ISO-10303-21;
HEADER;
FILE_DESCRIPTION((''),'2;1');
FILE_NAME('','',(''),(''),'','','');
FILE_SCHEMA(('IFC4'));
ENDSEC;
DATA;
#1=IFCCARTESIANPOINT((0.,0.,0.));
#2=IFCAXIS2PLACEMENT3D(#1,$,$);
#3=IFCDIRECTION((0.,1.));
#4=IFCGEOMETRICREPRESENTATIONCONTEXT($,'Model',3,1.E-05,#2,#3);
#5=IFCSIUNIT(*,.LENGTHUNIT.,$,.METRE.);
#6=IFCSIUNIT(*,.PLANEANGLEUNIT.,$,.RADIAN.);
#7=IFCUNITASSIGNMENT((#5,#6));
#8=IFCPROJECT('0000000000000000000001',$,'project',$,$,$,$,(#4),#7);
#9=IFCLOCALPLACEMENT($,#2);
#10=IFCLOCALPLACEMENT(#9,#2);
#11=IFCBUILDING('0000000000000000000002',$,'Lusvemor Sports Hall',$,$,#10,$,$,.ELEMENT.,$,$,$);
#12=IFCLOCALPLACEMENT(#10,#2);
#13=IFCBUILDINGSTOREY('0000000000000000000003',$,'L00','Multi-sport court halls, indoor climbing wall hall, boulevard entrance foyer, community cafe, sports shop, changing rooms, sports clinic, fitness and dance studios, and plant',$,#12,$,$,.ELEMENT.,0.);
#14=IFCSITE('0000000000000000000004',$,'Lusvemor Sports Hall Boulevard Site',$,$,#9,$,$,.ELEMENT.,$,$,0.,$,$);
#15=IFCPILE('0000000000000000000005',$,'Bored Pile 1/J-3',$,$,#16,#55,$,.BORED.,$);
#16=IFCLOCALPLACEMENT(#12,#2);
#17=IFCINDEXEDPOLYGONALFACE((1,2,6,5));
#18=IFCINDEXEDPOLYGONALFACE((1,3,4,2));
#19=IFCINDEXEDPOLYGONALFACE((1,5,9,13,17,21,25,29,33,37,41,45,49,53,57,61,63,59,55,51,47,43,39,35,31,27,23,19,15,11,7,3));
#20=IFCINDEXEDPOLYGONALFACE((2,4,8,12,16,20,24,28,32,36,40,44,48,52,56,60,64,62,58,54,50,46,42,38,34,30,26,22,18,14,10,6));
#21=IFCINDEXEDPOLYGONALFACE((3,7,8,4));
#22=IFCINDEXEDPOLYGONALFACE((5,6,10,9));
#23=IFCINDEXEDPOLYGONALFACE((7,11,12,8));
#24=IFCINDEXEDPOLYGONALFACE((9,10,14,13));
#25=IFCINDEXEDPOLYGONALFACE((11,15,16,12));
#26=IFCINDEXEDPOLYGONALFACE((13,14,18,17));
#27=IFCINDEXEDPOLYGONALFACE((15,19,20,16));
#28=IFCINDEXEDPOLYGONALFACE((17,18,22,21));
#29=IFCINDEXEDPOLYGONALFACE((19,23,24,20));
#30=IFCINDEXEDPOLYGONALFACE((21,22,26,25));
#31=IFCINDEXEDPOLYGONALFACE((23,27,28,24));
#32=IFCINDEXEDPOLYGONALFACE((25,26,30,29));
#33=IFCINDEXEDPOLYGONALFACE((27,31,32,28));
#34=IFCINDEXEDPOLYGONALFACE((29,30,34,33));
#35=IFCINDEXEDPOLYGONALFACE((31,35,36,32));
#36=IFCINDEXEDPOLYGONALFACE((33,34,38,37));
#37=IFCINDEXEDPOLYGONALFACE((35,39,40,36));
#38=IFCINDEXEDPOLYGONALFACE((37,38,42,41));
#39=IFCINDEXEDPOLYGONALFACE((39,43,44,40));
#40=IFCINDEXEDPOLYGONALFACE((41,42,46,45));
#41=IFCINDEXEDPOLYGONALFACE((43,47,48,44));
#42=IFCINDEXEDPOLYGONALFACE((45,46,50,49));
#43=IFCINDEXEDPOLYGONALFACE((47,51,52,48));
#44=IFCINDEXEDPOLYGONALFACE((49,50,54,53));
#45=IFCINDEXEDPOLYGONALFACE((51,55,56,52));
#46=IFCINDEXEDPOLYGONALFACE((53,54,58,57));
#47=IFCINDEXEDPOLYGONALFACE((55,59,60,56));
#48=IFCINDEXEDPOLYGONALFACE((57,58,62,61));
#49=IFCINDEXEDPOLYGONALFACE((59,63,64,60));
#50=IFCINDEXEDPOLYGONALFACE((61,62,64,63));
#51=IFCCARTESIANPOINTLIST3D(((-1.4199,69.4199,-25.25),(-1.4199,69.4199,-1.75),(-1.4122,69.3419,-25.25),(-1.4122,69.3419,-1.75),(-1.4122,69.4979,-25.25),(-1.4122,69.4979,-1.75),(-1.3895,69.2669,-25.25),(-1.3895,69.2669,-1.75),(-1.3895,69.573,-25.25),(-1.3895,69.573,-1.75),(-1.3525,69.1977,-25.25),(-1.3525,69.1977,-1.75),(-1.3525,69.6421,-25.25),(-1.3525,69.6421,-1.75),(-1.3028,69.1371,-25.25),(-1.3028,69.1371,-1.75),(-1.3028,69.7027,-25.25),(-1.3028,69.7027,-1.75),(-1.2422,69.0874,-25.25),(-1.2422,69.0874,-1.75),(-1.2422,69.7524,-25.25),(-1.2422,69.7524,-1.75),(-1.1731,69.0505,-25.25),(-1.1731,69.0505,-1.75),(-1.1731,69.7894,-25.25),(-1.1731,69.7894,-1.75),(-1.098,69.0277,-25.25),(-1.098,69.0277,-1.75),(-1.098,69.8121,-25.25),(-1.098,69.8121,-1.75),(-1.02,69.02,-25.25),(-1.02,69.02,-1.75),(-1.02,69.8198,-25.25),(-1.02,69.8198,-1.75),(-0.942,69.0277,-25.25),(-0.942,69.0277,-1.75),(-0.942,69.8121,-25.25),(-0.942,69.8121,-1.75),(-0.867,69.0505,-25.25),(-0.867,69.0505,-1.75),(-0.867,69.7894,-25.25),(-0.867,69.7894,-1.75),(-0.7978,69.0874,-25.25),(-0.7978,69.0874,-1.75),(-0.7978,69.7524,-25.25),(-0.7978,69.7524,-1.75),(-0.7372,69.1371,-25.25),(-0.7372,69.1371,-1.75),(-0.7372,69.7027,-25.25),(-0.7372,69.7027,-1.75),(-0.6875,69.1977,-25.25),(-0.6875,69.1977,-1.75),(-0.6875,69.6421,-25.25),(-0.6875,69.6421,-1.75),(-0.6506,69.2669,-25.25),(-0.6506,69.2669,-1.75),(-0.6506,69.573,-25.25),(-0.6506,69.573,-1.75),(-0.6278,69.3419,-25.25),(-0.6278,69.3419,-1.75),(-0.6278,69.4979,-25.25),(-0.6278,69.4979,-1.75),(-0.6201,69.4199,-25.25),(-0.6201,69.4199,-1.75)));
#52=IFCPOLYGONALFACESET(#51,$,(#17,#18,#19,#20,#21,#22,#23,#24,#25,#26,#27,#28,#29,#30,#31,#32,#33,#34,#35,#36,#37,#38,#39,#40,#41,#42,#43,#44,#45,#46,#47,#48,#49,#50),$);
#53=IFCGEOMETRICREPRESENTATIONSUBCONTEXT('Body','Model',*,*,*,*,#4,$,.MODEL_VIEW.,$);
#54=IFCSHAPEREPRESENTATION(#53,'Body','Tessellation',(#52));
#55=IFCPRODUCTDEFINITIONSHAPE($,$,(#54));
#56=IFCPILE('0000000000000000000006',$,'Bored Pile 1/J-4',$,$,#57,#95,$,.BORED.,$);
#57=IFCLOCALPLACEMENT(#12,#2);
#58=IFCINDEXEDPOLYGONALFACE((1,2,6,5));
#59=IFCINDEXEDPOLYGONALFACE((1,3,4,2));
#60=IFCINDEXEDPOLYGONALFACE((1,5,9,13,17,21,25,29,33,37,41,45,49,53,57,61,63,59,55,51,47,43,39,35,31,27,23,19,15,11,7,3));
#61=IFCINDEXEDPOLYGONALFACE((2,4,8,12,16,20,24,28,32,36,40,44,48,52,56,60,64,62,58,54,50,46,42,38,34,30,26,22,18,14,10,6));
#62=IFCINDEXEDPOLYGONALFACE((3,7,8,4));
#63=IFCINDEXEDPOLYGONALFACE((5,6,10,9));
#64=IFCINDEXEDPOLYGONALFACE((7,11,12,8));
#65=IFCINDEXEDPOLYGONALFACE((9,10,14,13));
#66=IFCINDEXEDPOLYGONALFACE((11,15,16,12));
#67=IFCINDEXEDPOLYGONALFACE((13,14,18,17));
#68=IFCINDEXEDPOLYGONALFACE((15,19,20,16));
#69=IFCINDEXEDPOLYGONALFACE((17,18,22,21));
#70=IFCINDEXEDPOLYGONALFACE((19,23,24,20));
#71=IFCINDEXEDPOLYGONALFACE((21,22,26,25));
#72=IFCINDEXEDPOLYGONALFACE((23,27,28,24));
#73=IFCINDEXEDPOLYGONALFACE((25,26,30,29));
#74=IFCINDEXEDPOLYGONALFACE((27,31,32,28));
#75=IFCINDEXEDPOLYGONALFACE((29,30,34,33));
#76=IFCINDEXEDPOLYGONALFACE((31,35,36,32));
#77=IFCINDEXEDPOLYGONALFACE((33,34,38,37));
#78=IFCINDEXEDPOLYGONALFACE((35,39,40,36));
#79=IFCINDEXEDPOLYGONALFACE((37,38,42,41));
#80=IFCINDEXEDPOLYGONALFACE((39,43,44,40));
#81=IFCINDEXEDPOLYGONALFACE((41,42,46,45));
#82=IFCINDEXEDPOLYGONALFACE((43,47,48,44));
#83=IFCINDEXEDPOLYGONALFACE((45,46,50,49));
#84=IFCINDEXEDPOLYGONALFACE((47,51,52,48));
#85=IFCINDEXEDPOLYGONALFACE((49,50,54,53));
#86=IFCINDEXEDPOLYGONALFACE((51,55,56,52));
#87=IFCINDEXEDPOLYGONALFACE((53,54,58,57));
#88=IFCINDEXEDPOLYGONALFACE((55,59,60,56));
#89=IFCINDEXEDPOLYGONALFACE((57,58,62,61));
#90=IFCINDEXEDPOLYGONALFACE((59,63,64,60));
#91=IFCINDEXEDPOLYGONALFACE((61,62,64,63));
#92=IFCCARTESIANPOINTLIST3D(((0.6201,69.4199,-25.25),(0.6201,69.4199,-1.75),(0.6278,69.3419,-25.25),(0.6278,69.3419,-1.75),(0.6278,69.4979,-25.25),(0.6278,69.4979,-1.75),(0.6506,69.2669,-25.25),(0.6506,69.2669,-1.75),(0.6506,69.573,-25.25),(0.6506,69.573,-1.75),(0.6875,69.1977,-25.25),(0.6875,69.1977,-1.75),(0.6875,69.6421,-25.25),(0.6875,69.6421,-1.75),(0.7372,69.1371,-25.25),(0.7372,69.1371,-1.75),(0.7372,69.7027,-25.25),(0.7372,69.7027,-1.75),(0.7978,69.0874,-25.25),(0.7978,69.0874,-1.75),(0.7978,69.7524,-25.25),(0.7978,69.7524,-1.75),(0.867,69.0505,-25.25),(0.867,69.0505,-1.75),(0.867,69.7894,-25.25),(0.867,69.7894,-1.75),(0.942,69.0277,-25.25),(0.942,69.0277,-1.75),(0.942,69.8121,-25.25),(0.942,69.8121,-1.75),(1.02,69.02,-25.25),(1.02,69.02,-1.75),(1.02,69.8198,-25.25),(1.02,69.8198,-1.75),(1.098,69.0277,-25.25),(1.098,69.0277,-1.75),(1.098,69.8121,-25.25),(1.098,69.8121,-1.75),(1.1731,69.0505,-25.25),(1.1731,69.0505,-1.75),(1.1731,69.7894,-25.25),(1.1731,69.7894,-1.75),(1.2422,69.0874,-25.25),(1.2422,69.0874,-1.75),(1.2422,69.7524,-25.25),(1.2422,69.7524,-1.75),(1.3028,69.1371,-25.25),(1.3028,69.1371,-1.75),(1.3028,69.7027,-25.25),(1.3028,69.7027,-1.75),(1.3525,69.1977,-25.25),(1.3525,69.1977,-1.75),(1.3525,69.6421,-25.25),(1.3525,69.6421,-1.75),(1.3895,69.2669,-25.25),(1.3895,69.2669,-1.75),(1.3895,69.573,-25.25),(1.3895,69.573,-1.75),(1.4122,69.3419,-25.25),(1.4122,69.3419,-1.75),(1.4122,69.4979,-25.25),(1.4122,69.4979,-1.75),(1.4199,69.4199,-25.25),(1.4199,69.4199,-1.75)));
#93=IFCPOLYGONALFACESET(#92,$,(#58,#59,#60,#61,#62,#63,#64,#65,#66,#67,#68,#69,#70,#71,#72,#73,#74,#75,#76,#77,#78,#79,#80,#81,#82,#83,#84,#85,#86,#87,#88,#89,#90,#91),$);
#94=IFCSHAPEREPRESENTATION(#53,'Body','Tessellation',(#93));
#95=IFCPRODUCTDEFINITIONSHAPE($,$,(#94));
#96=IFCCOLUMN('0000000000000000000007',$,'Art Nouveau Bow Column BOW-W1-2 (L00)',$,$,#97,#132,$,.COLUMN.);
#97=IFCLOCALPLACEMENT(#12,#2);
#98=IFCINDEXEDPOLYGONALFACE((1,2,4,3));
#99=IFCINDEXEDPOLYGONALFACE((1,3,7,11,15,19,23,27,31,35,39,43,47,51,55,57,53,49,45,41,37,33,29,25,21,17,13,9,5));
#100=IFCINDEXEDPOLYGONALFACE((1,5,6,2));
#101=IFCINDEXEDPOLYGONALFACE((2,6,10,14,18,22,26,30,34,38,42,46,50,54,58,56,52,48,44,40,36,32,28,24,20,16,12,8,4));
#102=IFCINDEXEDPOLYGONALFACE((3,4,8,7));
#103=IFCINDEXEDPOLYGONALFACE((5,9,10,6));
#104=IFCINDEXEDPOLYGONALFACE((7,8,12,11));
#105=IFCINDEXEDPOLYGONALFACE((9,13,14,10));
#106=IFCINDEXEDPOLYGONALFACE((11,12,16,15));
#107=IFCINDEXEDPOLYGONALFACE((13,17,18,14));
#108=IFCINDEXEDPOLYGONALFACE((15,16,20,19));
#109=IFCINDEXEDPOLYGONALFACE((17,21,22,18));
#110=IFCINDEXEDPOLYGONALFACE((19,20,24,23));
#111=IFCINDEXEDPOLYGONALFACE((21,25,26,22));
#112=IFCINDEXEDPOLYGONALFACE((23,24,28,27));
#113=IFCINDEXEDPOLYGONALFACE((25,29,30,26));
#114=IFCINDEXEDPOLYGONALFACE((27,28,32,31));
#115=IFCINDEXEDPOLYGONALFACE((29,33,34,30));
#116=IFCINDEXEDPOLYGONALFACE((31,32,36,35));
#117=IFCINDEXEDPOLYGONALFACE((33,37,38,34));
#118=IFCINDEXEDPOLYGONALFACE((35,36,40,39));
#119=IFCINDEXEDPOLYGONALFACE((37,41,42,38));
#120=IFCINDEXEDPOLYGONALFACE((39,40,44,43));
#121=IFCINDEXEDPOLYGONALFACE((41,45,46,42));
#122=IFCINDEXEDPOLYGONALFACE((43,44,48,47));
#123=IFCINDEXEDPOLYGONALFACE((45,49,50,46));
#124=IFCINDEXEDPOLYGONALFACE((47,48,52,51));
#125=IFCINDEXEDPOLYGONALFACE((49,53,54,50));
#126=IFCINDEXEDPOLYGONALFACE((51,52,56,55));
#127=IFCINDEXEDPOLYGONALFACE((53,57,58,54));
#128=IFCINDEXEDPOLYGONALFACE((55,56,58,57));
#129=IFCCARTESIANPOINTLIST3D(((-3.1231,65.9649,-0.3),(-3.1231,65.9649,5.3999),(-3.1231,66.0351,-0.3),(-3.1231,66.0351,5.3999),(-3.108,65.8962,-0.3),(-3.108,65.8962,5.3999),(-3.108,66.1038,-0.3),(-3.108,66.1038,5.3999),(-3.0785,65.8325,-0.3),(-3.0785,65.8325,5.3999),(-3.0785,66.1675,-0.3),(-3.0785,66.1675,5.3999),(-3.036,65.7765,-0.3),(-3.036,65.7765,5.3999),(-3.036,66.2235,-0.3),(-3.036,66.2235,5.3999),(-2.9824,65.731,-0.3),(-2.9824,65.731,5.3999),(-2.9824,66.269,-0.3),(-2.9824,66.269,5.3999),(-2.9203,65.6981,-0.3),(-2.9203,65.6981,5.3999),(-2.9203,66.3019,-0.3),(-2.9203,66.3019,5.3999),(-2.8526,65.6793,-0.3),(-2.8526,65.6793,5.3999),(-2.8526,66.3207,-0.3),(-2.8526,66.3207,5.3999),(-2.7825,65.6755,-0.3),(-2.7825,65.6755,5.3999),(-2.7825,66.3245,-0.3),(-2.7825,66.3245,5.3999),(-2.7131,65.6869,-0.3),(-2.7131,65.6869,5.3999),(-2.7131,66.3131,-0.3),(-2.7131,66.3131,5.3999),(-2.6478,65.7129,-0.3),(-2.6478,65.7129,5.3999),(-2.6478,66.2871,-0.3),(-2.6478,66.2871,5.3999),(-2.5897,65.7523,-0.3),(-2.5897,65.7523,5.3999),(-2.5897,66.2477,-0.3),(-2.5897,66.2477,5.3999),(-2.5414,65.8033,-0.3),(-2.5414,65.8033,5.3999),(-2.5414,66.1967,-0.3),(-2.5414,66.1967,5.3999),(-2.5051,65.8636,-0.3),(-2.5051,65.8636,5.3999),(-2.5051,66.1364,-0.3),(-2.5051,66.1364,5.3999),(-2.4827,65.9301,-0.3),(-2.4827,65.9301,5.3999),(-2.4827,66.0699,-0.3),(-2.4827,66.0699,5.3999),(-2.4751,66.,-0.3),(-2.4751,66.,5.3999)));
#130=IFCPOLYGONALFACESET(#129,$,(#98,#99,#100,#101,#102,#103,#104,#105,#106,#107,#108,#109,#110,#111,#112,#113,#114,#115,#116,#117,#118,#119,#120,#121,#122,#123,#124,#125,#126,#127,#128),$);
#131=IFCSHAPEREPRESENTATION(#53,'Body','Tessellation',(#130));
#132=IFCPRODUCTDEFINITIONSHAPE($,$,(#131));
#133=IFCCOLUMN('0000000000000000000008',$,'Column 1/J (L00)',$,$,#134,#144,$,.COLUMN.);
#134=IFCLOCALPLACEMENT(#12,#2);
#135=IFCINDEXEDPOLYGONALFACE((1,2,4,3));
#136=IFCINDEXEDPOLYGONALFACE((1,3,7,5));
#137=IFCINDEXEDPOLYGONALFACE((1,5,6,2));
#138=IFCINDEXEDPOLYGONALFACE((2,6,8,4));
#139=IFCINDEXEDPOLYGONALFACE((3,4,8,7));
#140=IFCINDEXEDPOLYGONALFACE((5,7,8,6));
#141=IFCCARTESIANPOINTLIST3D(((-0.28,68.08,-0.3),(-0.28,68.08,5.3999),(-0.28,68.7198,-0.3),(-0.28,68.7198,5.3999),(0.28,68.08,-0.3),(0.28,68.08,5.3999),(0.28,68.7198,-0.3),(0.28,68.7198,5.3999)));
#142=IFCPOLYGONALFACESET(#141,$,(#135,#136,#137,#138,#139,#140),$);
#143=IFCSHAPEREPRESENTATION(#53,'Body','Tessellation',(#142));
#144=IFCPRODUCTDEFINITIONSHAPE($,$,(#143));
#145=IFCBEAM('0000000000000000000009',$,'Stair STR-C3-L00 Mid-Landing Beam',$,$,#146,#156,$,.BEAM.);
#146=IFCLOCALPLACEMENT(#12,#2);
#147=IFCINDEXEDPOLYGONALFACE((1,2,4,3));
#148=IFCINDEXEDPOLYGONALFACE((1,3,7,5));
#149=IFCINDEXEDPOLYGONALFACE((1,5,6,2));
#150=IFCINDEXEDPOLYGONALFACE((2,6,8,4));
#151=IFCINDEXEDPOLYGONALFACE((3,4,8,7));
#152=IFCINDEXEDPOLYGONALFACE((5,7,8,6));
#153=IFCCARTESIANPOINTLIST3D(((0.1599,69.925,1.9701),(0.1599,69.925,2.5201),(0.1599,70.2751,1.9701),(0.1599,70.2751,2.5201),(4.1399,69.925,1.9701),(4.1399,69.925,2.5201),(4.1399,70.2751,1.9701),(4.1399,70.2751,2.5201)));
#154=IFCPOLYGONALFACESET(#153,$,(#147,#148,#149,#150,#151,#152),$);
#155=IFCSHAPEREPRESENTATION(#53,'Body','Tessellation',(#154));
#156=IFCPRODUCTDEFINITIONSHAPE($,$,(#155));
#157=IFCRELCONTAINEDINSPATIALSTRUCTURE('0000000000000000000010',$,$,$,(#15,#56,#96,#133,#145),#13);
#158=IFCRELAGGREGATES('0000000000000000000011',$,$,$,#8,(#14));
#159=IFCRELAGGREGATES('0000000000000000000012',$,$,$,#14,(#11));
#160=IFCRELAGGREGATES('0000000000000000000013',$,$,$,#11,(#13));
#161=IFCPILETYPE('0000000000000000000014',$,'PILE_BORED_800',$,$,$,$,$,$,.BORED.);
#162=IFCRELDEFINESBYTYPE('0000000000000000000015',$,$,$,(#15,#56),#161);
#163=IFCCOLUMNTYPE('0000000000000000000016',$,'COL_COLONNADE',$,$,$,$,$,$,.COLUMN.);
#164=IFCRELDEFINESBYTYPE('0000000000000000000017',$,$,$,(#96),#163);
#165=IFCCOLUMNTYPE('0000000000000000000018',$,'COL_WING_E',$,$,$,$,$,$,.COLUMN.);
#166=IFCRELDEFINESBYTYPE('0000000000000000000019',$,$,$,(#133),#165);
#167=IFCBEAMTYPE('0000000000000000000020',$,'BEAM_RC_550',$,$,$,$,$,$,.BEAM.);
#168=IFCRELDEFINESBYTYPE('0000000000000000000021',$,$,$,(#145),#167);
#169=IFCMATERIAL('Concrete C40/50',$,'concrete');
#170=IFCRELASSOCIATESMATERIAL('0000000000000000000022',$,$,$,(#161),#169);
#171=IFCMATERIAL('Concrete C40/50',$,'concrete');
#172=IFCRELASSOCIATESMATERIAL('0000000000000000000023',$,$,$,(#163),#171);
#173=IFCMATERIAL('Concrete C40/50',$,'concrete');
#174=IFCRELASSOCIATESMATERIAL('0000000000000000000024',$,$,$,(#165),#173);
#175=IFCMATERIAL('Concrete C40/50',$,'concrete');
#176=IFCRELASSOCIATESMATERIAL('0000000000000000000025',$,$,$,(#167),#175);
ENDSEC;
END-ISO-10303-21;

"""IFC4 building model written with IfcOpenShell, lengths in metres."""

from ifc_helpers import new_model, si_unit, direction, frame, origin, origin_2d, place, context, subcontext, project, spatial, rectangle, circle, extrude, material, material_profile, profile_set, type_object, element, save


model = new_model("IFC4")

# Units and contexts
model_context = context("Model", 3, precision=1e-05, world=origin(), true_north=direction((0.0, 1.0)))
body_context = subcontext(model_context, "Body", "Model", "MODEL_VIEW")
ifc_project = project(units=[si_unit("LENGTHUNIT", "METRE"), si_unit("PLANEANGLEUNIT", "RADIAN")], contexts=[model_context])

# Site, building, storey
site_placement = place(None, origin())
site = spatial("IfcSite", under=ifc_project, at=site_placement, Name="Lusvemor Sports Hall Boulevard Site", CompositionType="ELEMENT", RefElevation=0.0)
building_placement = place(site_placement, origin())
building = spatial("IfcBuilding", under=site, at=building_placement, Name="Lusvemor Sports Hall", CompositionType="ELEMENT")
storey_placement = place(building_placement, origin())
storey = spatial("IfcBuildingStorey", under=building, at=storey_placement, Name="L00", Description="Multi-sport court halls, indoor climbing wall hall, boulevard entrance foyer, community cafe, sports shop, changing rooms, sports clinic, fitness and dance studios, and plant", CompositionType="ELEMENT", Elevation=0.0)

# Piles
ifc_material_1 = material(Name="Concrete C40/50", Category="concrete")
ifc_material_profile_1 = material_profile(ifc_material_1, circle(Radius=0.3999, at=origin_2d()), Name="PILE800")
ifc_profile_set_1 = profile_set([ifc_material_profile_1], Name="Concrete C40/50")
pile_type_1 = type_object("IfcPileType", Name="PILE_BORED_800", PredefinedType="BORED", material=ifc_profile_set_1)
for number, where, z_axis, x_axis, name in (
    (1, (-1.02, 69.4199, -1.75), (0.0, 0.0, -1.0), (1.0, 0.0, 0.0), "Bored Pile 1/J-3"),
    (2, (1.02, 69.4199, -1.75), (0.0, 0.0, -1.0), (1.0, 0.0, 0.0), "Bored Pile 1/J-4"),
):
    element("IfcPile", number, at=place(storey_placement, frame(where, z_axis=z_axis, x_axis=x_axis)), inside=storey, type_object=pile_type_1, Name=name, PredefinedType="BORED", context=body_context, shape_type="SweptSolid", body=[
        extrude(circle(Radius=0.3999, at=origin_2d()), origin(), (0.0, 0.0, 1.0), 23.5),
    ])

# Columns
ifc_material_2 = material(Name="Concrete C40/50", Category="concrete")
ifc_material_profile_2 = material_profile(ifc_material_2, circle(Radius=0.325, at=origin_2d()), Name="RCCIRC650")
ifc_profile_set_2 = profile_set([ifc_material_profile_2], Name="Concrete C40/50")
column_type_1 = type_object("IfcColumnType", Name="COL_COLONNADE", PredefinedType="COLUMN", material=ifc_profile_set_2)
column_1_placement = place(storey_placement, frame((-2.8, 66.0, -0.3), z_axis=(0.0, 0.0, 1.0), x_axis=(1.0, 0.0, 0.0)))
element("IfcColumn", 3, at=column_1_placement, inside=storey, type_object=column_type_1, Name="Art Nouveau Bow Column BOW-W1-2 (L00)", PredefinedType="COLUMN", context=body_context, shape_type="SweptSolid", body=[
    extrude(circle(Radius=0.325, at=origin_2d()), origin(), (0.0, 0.0, 1.0), 5.7),
])
ifc_material_3 = material(Name="Concrete C40/50", Category="concrete")
ifc_material_profile_3 = material_profile(ifc_material_3, rectangle(XDim=0.5601, YDim=0.6399, at=origin_2d()), Name="RC560x640")
ifc_profile_set_3 = profile_set([ifc_material_profile_3], Name="Concrete C40/50")
column_type_2 = type_object("IfcColumnType", Name="COL_WING_E", PredefinedType="COLUMN", material=ifc_profile_set_3)
column_2_placement = place(storey_placement, frame((0.0, 68.3999, -0.3), z_axis=(0.0, 0.0, 1.0), x_axis=(1.0, 0.0, 0.0)))
element("IfcColumn", 4, at=column_2_placement, inside=storey, type_object=column_type_2, Name="Column 1/J (L00)", PredefinedType="COLUMN", context=body_context, shape_type="SweptSolid", body=[
    extrude(rectangle(XDim=0.5601, YDim=0.6399, at=origin_2d()), origin(), (0.0, 0.0, 1.0), 5.7),
])

# Beam
ifc_material_4 = material(Name="Concrete C40/50", Category="concrete")
ifc_material_profile_4 = material_profile(ifc_material_4, rectangle(XDim=0.3501, YDim=0.55, at=origin_2d()), Name="RC350x550")
ifc_profile_set_4 = profile_set([ifc_material_profile_4], Name="Concrete C40/50")
beam_type = type_object("IfcBeamType", Name="BEAM_RC_550", PredefinedType="BEAM", material=ifc_profile_set_4)
beam_placement = place(storey_placement, frame((0.1599, 70.1001, 2.2451), z_axis=(1.0, 0.0, 0.0), x_axis=(0.0, 1.0, 0.0)))
element("IfcBeam", 5, at=beam_placement, inside=storey, type_object=beam_type, Name="Stair STR-C3-L00 Mid-Landing Beam", PredefinedType="BEAM", context=body_context, shape_type="SweptSolid", body=[
    extrude(rectangle(XDim=0.3501, YDim=0.55, at=origin_2d()), origin(), (0.0, 0.0, 1.0), 3.98),
])

save(model, "model.ifc")
